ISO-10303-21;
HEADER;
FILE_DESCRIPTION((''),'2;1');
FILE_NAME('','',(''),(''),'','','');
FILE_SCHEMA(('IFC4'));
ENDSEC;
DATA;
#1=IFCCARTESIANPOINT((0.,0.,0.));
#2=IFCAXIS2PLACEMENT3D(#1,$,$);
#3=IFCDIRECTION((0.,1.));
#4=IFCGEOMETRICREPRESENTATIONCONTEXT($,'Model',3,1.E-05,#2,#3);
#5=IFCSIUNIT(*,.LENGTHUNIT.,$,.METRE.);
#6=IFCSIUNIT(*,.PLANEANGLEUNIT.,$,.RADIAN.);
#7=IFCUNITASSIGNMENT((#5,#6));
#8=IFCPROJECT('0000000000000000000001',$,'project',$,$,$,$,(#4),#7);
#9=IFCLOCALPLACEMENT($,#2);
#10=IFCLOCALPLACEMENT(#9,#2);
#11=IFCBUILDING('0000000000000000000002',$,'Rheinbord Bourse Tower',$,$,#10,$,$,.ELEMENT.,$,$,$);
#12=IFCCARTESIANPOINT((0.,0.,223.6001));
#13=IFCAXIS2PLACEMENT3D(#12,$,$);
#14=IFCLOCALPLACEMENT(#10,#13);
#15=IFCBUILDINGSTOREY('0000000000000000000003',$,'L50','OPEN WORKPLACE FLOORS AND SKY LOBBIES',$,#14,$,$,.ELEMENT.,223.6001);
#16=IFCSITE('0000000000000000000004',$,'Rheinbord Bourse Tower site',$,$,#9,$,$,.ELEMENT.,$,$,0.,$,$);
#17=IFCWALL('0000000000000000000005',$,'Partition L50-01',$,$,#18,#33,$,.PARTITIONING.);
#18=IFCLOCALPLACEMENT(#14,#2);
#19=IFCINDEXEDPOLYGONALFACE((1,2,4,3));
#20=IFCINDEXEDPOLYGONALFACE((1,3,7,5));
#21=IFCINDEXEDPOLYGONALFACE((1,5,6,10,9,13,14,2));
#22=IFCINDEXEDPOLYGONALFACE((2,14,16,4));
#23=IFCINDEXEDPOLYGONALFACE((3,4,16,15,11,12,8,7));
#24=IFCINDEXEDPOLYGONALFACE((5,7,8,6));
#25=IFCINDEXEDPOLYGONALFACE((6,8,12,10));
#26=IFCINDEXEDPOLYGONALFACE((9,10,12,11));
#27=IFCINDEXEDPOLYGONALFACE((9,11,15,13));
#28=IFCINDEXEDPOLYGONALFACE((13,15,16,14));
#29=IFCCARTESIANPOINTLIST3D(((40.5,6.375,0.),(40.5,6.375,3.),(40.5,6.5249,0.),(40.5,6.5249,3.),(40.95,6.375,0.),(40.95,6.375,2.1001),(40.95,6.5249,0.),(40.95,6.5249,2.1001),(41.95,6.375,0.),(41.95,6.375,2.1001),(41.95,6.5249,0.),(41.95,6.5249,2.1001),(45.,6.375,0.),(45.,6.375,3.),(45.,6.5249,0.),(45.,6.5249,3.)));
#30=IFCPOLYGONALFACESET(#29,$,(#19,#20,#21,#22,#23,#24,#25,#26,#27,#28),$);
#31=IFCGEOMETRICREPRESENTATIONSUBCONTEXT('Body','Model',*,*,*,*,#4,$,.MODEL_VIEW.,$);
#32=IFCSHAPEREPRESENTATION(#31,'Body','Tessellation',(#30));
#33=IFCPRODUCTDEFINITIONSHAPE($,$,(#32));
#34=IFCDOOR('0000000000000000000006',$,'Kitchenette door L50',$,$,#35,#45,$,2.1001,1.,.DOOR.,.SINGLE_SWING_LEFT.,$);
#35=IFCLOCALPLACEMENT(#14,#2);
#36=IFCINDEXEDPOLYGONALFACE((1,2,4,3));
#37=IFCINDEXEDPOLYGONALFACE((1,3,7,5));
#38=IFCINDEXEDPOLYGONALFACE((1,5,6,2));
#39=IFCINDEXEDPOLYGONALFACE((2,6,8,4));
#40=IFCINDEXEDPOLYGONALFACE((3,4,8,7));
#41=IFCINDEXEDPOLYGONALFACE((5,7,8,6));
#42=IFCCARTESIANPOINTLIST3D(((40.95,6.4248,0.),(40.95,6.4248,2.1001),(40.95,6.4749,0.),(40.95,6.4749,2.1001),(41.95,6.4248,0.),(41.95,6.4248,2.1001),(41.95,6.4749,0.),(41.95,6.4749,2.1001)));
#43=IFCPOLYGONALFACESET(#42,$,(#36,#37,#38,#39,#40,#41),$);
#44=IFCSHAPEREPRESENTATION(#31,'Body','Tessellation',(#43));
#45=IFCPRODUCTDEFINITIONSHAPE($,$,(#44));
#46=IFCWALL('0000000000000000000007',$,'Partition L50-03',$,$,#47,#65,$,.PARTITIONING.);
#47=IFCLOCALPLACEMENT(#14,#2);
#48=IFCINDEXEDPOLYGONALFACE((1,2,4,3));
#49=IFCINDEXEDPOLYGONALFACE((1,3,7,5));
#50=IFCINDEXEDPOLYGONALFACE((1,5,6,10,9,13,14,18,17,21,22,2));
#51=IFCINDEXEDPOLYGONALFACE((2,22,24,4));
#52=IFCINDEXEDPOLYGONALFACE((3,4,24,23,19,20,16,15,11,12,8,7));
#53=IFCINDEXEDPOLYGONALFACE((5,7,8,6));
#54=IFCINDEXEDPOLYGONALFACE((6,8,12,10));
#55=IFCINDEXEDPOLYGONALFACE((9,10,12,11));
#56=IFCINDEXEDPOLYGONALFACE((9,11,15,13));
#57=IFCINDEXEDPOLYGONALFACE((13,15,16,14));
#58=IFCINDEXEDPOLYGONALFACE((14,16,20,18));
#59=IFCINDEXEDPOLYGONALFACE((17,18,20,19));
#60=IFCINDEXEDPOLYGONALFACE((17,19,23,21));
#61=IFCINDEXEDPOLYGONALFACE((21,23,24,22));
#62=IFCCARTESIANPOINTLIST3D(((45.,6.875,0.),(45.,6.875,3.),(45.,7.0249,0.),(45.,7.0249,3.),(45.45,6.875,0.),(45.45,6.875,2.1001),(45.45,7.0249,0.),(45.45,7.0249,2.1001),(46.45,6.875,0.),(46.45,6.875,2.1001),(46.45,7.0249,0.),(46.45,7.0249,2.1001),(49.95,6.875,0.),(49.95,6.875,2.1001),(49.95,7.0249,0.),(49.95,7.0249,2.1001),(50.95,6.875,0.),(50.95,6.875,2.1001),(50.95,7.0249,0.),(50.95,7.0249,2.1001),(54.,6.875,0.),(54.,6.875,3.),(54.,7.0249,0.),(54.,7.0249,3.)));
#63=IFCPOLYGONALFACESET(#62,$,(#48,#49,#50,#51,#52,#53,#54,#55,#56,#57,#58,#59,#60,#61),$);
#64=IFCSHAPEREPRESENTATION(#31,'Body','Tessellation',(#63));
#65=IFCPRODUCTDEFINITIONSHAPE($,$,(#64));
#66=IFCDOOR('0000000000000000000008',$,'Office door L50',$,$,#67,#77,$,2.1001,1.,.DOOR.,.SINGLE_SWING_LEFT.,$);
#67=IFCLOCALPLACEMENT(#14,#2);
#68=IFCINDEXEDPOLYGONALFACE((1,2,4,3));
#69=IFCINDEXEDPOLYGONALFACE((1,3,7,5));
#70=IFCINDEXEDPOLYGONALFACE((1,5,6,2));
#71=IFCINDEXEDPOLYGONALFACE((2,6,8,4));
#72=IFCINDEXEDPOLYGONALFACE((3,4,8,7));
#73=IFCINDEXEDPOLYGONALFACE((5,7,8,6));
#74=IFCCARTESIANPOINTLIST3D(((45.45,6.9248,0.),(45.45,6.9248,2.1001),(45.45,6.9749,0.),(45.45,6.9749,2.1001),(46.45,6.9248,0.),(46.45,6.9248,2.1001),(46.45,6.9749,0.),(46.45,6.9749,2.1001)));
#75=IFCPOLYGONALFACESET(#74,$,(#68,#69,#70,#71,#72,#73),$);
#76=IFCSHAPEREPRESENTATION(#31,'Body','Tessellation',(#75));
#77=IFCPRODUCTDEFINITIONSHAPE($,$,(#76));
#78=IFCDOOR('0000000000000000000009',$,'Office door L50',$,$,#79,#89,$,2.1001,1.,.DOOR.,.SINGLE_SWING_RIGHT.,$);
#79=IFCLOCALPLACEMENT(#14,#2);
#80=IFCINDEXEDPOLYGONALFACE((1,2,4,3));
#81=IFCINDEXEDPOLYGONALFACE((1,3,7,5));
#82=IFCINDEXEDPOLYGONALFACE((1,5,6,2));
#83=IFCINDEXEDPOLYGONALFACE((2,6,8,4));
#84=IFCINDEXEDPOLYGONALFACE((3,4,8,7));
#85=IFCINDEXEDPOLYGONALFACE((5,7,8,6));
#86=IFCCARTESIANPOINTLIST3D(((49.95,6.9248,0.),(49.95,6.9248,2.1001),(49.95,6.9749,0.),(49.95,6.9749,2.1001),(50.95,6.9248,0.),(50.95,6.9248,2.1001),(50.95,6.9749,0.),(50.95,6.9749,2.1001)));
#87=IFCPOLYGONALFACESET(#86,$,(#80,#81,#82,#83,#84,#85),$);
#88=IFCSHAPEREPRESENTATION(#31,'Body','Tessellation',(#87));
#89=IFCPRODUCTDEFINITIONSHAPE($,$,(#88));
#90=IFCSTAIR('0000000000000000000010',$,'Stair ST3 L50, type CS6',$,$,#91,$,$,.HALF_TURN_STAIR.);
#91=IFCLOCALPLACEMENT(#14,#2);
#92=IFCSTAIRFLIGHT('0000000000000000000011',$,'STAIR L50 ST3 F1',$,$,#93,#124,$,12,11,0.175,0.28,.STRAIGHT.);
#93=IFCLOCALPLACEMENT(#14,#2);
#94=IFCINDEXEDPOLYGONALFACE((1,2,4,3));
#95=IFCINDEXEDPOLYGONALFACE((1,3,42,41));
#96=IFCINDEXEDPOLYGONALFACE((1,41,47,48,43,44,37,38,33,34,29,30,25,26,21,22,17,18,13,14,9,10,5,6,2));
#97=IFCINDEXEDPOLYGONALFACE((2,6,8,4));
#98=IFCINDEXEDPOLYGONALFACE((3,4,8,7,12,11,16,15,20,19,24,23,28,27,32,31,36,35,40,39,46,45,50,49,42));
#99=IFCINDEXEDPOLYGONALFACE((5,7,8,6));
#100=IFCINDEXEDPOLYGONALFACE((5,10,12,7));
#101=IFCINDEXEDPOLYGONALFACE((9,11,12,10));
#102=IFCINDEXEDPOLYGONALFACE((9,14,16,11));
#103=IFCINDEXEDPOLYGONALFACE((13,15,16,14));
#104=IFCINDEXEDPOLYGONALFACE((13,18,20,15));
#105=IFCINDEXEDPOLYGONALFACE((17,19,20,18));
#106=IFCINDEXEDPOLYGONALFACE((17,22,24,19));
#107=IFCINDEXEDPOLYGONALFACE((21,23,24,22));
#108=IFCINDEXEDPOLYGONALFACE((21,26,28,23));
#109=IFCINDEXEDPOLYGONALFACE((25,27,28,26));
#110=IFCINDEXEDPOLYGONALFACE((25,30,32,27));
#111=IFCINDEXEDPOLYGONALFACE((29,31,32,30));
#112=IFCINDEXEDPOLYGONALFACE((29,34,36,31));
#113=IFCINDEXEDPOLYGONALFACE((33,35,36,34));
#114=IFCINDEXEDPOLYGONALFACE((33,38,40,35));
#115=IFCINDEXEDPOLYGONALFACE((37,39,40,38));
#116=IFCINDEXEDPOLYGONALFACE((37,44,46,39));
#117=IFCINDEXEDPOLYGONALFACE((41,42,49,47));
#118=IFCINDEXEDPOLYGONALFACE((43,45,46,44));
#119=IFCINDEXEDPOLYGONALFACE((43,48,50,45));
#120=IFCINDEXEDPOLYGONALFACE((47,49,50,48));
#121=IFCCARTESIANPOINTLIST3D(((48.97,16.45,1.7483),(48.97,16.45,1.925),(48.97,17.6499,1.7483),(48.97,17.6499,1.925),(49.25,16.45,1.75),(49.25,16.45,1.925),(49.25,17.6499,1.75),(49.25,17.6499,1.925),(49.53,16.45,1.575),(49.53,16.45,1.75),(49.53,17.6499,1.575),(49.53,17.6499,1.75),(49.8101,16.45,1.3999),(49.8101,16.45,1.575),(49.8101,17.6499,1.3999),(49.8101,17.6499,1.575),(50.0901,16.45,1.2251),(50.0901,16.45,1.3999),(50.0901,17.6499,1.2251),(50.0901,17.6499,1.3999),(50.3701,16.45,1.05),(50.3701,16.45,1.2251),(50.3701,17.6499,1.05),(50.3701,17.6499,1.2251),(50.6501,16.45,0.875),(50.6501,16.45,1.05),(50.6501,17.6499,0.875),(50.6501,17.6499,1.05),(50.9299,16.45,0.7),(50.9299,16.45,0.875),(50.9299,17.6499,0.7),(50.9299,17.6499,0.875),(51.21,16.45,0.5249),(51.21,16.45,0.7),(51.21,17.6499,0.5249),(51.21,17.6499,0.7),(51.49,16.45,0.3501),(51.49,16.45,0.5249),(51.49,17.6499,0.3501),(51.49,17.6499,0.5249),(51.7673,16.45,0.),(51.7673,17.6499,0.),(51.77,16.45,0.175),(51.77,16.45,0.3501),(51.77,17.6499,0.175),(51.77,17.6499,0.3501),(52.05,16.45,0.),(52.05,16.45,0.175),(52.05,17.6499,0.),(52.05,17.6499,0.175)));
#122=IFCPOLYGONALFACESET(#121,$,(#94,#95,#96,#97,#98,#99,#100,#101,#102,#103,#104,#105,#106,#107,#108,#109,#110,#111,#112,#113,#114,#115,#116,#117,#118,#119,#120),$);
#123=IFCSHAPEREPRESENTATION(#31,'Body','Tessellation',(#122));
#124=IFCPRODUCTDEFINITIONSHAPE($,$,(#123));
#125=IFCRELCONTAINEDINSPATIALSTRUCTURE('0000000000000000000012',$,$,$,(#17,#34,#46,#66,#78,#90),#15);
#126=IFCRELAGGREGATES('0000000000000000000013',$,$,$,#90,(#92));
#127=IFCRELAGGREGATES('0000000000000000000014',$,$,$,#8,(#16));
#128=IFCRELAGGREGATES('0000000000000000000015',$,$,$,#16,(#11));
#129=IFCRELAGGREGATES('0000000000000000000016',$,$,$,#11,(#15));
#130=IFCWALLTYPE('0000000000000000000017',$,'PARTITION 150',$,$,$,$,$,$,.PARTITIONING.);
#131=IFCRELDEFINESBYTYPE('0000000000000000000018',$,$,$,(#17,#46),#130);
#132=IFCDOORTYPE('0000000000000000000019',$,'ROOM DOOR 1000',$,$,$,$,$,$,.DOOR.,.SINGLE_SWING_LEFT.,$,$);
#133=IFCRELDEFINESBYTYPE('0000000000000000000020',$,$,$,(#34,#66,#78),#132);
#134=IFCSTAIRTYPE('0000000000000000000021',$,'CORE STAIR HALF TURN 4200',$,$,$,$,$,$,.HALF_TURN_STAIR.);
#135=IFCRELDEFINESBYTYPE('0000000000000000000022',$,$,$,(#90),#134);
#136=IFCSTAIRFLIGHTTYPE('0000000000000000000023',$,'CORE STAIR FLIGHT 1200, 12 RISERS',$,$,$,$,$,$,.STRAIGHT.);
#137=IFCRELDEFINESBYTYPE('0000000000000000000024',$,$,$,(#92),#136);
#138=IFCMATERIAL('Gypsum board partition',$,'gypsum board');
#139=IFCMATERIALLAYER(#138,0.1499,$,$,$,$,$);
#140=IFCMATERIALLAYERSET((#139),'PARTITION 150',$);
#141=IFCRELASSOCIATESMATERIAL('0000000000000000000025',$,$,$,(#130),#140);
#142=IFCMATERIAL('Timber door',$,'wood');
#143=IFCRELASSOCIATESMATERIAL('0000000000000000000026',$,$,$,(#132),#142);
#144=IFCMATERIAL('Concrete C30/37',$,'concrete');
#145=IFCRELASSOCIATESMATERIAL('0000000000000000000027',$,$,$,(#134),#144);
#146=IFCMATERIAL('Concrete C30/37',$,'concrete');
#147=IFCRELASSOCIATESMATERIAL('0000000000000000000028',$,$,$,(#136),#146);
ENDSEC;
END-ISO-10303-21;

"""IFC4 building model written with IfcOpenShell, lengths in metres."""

from ifc_helpers import new_model, si_unit, direction, frame, frame_2d, origin, place, context, subcontext, project, spatial, polyline, rectangle, outline, extrude, material, layer, layer_set, type_object, element, fill, aggregate, save


model = new_model("IFC4")

# Units and contexts
model_context = context("Model", 3, precision=1e-05, world=origin(), true_north=direction((0.0, 1.0)))
body_context = subcontext(model_context, "Body", "Model", "MODEL_VIEW")
ifc_project = project(units=[si_unit("LENGTHUNIT", "METRE"), si_unit("PLANEANGLEUNIT", "RADIAN")], contexts=[model_context])

# Site, building, storey
site_placement = place(None, origin())
site = spatial("IfcSite", under=ifc_project, at=site_placement, Name="Rheinbord Bourse Tower site", CompositionType="ELEMENT", RefElevation=0.0)
building_placement = place(site_placement, origin())
building = spatial("IfcBuilding", under=site, at=building_placement, Name="Rheinbord Bourse Tower", CompositionType="ELEMENT")
storey_placement = place(building_placement, frame((0.0, 0.0, 223.6001)))
storey = spatial("IfcBuildingStorey", under=building, at=storey_placement, Name="L50", Description="OPEN WORKPLACE FLOORS AND SKY LOBBIES", CompositionType="ELEMENT", Elevation=223.6001)

# Wall, opening, door
ifc_material_1 = material(Name="Gypsum board partition", Category="gypsum board")
ifc_layer_1 = layer(ifc_material_1, 0.1499)
ifc_layer_set_1 = layer_set([ifc_layer_1], Name="PARTITION 150")
wall_type_1 = type_object("IfcWallType", Name="PARTITION 150", PredefinedType="PARTITIONING", material=ifc_layer_set_1)
wall_1_placement = place(storey_placement, frame((40.5, 6.45, 0.0), z_axis=(0.0, 0.0, 1.0), x_axis=(1.0, 0.0, 0.0)))
wall_1 = element("IfcWall", 1, at=wall_1_placement, inside=storey, type_object=wall_type_1, Name="Partition L50-01", PredefinedType="PARTITIONING", context=body_context, shape_type="SweptSolid", body=[
    extrude(rectangle(XDim=4.5, YDim=0.1499, at=frame_2d((2.25, 0.0))), origin(), (0.0, 0.0, 1.0), 3.0),
])
opening_1_placement = place(wall_1_placement, frame((0.45, 0.0, 0.0)))
opening_1 = element("IfcOpeningElement", 2, at=opening_1_placement, cuts=wall_1, PredefinedType="OPENING", context=body_context, shape_type="SweptSolid", body=[
    extrude(rectangle(XDim=1.0, YDim=2.1001, at=frame_2d((0.5, 1.05))), frame((0.0, 0.085, 0.0), z_axis=(0.0, -1.0, 0.0), x_axis=(1.0, 0.0, 0.0)), (0.0, 0.0, 1.0), 0.1699),
])
ifc_material_2 = material(Name="Timber door", Category="wood")
door_type_1 = type_object("IfcDoorType", Name="ROOM DOOR 1000", OperationType="SINGLE_SWING_LEFT", PredefinedType="DOOR", material=ifc_material_2)
door_1_placement = place(opening_1_placement, origin())
door_1 = element("IfcDoor", 3, at=door_1_placement, inside=storey, type_object=door_type_1, Name="Kitchenette door L50", OperationType="SINGLE_SWING_LEFT", OverallHeight=2.1001, OverallWidth=1.0, PredefinedType="DOOR", context=body_context, shape_type="SweptSolid", body=[
    extrude(rectangle(XDim=1.0, YDim=2.1001, at=frame_2d((0.5, 1.05))), frame((0.0, 0.0249, 0.0), z_axis=(0.0, -1.0, 0.0), x_axis=(1.0, 0.0, 0.0)), (0.0, 0.0, 1.0), 0.05),
])
fill(opening_1, door_1)

# Wall, openings, doors
wall_2_placement = place(storey_placement, frame((45.0, 6.95, 0.0), z_axis=(0.0, 0.0, 1.0), x_axis=(1.0, 0.0, 0.0)))
wall_2 = element("IfcWall", 4, at=wall_2_placement, inside=storey, type_object=wall_type_1, Name="Partition L50-03", PredefinedType="PARTITIONING", context=body_context, shape_type="SweptSolid", body=[
    extrude(rectangle(XDim=9.0, YDim=0.1499, at=frame_2d((4.5, 0.0))), origin(), (0.0, 0.0, 1.0), 3.0),
])
opening_2_placement = place(wall_2_placement, frame((0.45, 0.0, 0.0)))
opening_2 = element("IfcOpeningElement", 5, at=opening_2_placement, cuts=wall_2, PredefinedType="OPENING", context=body_context, shape_type="SweptSolid", body=[
    extrude(rectangle(XDim=1.0, YDim=2.1001, at=frame_2d((0.5, 1.05))), frame((0.0, 0.085, 0.0), z_axis=(0.0, -1.0, 0.0), x_axis=(1.0, 0.0, 0.0)), (0.0, 0.0, 1.0), 0.1699),
])
opening_3_placement = place(wall_2_placement, frame((4.95, 0.0, 0.0)))
opening_3 = element("IfcOpeningElement", 6, at=opening_3_placement, cuts=wall_2, PredefinedType="OPENING", context=body_context, shape_type="SweptSolid", body=[
    extrude(rectangle(XDim=1.0, YDim=2.1001, at=frame_2d((0.5, 1.05))), frame((0.0, 0.085, 0.0), z_axis=(0.0, -1.0, 0.0), x_axis=(1.0, 0.0, 0.0)), (0.0, 0.0, 1.0), 0.1699),
])
door_2_placement = place(opening_2_placement, origin())
door_2 = element("IfcDoor", 7, at=door_2_placement, inside=storey, type_object=door_type_1, Name="Office door L50", OperationType="SINGLE_SWING_LEFT", OverallHeight=2.1001, OverallWidth=1.0, PredefinedType="DOOR", context=body_context, shape_type="SweptSolid", body=[
    extrude(rectangle(XDim=1.0, YDim=2.1001, at=frame_2d((0.5, 1.05))), frame((0.0, 0.0249, 0.0), z_axis=(0.0, -1.0, 0.0), x_axis=(1.0, 0.0, 0.0)), (0.0, 0.0, 1.0), 0.05),
])
fill(opening_2, door_2)
door_3_placement = place(opening_3_placement, origin())
door_3 = element("IfcDoor", 8, at=door_3_placement, inside=storey, type_object=door_type_1, Name="Office door L50", OperationType="SINGLE_SWING_RIGHT", OverallHeight=2.1001, OverallWidth=1.0, PredefinedType="DOOR", context=body_context, shape_type="SweptSolid", body=[
    extrude(rectangle(XDim=1.0, YDim=2.1001, at=frame_2d((0.5, 1.05))), frame((0.0, 0.0249, 0.0), z_axis=(0.0, -1.0, 0.0), x_axis=(1.0, 0.0, 0.0)), (0.0, 0.0, 1.0), 0.05),
])
fill(opening_3, door_3)

# Stair, stair flight
ifc_material_3 = material(Name="Concrete C30/37", Category="concrete")
stair_type = type_object("IfcStairType", Name="CORE STAIR HALF TURN 4200", PredefinedType="HALF_TURN_STAIR", material=ifc_material_3)
stair_placement = place(storey_placement, origin())
stair = element("IfcStair", 9, at=stair_placement, inside=storey, type_object=stair_type, Name="Stair ST3 L50, type CS6", PredefinedType="HALF_TURN_STAIR")
ifc_material_4 = material(Name="Concrete C30/37", Category="concrete")
stair_flight_type = type_object("IfcStairFlightType", Name="CORE STAIR FLIGHT 1200, 12 RISERS", PredefinedType="STRAIGHT", material=ifc_material_4)
stair_flight_placement = place(storey_placement, frame((52.05, 17.05, 0.0), z_axis=(0.0, 0.0, 1.0), x_axis=(-1.0, 0.0, 0.0)))
stair_flight = element("IfcStairFlight", 10, at=stair_flight_placement, type_object=stair_flight_type, Name="STAIR L50 ST3 F1", NumberOfRisers=12, NumberOfTreads=11, PredefinedType="STRAIGHT", RiserHeight=0.175, TreadLength=0.28, context=body_context, shape_type="SweptSolid", body=[
    extrude(outline(polyline([(0.0, 0.0), (0.0, 0.175), (0.28, 0.175), (0.28, 0.3501), (0.5601, 0.3501), (0.5601, 0.5249), (0.8401, 0.5249), (0.8401, 0.7), (1.1201, 0.7), (1.1201, 0.875), (1.3999, 0.875), (1.3999, 1.05), (1.6799, 1.05), (1.6799, 1.2251), (1.96, 1.2251), (1.96, 1.3999), (2.24, 1.3999), (2.24, 1.575), (2.52, 1.575), (2.52, 1.75), (2.8, 1.75), (2.8, 1.925), (3.0801, 1.925), (3.0801, 2.1001), (3.0801, 1.7483), (0.2827, 0.0), (0.0, 0.0)])), frame((0.0, 0.6001, 0.0), z_axis=(0.0, -1.0, 0.0), x_axis=(1.0, 0.0, 0.0)), (0.0, 0.0, 1.0), 1.2),
])
aggregate(stair, [stair_flight])

save(model, "model.ifc")
